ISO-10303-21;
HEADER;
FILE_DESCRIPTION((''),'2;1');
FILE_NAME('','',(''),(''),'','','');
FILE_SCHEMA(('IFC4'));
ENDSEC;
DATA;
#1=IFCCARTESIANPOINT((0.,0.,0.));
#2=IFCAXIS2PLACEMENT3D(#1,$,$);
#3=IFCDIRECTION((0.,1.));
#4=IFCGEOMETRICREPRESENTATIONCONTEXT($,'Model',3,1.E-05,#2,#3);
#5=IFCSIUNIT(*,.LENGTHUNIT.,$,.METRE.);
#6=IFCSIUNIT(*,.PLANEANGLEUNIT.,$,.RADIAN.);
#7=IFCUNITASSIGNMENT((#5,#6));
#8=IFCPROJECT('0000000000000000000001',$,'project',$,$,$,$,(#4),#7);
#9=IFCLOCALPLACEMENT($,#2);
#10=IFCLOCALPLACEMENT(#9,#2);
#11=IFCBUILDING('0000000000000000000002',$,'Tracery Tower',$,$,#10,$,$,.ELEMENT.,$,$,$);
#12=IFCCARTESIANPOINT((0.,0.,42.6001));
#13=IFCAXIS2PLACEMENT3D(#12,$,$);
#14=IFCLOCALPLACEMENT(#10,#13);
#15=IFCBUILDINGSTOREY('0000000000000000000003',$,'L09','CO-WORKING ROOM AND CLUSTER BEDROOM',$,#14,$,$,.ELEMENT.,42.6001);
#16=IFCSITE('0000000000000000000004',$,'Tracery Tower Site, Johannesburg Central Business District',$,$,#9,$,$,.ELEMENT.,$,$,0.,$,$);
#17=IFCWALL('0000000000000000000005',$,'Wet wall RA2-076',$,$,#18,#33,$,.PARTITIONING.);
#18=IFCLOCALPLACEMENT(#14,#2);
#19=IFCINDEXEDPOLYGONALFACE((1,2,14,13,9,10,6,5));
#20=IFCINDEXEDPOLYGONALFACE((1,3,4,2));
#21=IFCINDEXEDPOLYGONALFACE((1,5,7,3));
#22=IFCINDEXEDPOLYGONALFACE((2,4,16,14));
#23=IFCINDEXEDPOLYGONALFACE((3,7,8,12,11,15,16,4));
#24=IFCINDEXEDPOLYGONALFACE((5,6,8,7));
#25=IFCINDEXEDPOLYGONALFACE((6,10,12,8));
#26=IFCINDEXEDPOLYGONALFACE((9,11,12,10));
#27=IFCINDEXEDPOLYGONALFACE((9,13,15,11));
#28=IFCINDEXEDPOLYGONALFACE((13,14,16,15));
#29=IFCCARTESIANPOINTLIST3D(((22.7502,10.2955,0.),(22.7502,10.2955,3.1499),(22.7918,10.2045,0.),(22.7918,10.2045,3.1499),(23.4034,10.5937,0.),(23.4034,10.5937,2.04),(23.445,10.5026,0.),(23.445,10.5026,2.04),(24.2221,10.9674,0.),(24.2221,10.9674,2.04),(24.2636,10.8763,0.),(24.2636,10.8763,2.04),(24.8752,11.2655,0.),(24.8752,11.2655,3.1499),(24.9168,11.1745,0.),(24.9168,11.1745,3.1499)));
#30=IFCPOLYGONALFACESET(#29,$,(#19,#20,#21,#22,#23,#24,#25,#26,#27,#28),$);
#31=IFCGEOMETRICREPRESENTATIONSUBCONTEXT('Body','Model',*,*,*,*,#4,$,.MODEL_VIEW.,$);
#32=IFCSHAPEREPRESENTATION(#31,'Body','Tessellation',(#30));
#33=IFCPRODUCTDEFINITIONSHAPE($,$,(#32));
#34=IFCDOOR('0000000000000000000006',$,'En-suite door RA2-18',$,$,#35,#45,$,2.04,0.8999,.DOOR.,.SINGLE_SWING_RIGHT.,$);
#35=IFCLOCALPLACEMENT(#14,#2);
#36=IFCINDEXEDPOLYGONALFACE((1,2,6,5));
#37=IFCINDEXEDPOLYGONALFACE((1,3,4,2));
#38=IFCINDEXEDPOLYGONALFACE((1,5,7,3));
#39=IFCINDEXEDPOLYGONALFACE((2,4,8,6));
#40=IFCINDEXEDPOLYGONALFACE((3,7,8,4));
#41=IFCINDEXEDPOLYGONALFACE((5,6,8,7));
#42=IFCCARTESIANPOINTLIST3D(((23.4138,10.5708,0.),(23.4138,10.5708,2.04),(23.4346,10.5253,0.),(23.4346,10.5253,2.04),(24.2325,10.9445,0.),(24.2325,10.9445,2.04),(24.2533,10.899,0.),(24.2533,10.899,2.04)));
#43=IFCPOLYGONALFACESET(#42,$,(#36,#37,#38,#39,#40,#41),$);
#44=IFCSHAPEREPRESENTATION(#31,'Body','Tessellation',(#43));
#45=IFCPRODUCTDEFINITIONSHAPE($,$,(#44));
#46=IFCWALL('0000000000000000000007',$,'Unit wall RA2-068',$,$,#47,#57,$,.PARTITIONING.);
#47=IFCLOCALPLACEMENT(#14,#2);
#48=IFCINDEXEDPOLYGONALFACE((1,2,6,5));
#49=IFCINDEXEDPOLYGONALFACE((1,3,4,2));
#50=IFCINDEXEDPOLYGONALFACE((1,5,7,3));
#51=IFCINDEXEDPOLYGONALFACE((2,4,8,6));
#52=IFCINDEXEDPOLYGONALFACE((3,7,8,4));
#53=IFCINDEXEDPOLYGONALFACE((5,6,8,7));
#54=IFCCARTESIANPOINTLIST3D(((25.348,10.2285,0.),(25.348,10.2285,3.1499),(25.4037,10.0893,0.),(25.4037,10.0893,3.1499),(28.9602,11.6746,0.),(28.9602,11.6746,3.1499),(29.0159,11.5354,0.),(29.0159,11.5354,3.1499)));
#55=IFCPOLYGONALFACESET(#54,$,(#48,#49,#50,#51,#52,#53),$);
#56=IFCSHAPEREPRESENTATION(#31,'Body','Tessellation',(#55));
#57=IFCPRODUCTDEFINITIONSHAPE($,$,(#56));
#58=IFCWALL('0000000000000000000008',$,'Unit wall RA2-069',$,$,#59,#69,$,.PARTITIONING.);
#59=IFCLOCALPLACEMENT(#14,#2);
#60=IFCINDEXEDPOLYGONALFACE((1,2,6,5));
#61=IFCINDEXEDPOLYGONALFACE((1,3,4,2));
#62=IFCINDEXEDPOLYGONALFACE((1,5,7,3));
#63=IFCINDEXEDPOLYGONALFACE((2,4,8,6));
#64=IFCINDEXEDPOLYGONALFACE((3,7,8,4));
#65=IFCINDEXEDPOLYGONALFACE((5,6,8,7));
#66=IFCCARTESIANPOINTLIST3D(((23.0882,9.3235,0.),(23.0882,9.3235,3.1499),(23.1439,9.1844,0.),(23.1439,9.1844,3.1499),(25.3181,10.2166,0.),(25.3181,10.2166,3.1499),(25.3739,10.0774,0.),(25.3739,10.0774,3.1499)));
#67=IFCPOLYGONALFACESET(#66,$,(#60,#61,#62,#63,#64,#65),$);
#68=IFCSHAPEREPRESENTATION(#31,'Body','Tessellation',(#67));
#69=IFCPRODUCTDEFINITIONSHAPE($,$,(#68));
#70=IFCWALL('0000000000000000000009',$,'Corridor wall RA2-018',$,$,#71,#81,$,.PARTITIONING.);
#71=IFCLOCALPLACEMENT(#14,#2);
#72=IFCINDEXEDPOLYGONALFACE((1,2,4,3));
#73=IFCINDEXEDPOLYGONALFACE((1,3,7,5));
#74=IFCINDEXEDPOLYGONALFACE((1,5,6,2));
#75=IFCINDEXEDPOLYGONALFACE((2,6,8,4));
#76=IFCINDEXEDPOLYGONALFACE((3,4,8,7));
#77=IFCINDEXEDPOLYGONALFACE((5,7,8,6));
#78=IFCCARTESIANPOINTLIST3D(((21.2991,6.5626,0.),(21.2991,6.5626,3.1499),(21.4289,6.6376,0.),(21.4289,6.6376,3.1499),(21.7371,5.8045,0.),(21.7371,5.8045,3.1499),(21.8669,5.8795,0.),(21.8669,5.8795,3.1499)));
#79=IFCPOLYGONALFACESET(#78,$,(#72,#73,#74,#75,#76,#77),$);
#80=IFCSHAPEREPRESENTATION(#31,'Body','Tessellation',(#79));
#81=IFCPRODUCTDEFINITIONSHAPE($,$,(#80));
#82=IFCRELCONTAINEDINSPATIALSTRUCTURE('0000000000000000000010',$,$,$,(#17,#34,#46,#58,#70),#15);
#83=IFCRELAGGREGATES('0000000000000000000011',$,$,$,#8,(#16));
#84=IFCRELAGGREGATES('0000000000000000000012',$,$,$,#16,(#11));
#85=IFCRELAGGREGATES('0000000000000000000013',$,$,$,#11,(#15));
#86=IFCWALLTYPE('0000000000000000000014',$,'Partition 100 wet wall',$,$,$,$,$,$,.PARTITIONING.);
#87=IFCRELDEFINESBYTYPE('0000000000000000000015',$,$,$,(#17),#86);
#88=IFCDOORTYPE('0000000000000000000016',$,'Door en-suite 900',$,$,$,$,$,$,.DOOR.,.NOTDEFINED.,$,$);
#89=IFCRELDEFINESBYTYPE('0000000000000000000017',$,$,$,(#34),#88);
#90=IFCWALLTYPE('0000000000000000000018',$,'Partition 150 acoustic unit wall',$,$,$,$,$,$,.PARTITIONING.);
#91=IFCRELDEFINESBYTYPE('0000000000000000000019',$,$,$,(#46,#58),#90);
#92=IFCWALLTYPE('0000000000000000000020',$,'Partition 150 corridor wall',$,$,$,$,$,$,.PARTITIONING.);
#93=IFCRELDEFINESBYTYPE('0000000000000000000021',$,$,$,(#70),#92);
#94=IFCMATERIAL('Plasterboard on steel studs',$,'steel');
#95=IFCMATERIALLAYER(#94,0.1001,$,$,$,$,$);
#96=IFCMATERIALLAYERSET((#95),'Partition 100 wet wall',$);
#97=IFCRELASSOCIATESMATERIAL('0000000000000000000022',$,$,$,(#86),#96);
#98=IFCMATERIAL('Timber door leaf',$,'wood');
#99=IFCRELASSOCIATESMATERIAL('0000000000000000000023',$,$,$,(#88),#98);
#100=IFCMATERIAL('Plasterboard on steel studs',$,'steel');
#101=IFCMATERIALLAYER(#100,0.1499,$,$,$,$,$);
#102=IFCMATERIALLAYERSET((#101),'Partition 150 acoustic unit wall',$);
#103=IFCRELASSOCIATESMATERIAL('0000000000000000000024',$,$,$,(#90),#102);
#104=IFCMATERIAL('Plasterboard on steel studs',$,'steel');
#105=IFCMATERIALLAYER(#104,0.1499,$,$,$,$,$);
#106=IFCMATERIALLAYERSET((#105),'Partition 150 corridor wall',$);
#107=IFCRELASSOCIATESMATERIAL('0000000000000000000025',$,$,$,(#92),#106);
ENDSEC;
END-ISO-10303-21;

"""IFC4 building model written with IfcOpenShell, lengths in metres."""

from ifc_helpers import new_model, si_unit, direction, frame, frame_2d, origin, place, context, subcontext, project, spatial, rectangle, extrude, material, layer, layer_set, type_object, element, fill, save


model = new_model("IFC4")

# Units and contexts
model_context = context("Model", 3, precision=1e-05, world=origin(), true_north=direction((0.0, 1.0)))
body_context = subcontext(model_context, "Body", "Model", "MODEL_VIEW")
ifc_project = project(units=[si_unit("LENGTHUNIT", "METRE"), si_unit("PLANEANGLEUNIT", "RADIAN")], contexts=[model_context])

# Site, building, storey
site_placement = place(None, origin())
site = spatial("IfcSite", under=ifc_project, at=site_placement, Name="Tracery Tower Site, Johannesburg Central Business District", CompositionType="ELEMENT", RefElevation=0.0)
building_placement = place(site_placement, origin())
building = spatial("IfcBuilding", under=site, at=building_placement, Name="Tracery Tower", CompositionType="ELEMENT")
storey_placement = place(building_placement, frame((0.0, 0.0, 42.6001)))
storey = spatial("IfcBuildingStorey", under=building, at=storey_placement, Name="L09", Description="CO-WORKING ROOM AND CLUSTER BEDROOM", CompositionType="ELEMENT", Elevation=42.6001)

# Shared definitions
ifc_material_1 = material(Name="Plasterboard on steel studs", Category="steel")
ifc_layer_1 = layer(ifc_material_1, 0.1001)
ifc_layer_set_1 = layer_set([ifc_layer_1], Name="Partition 100 wet wall")
wall_type_1 = type_object("IfcWallType", Name="Partition 100 wet wall", PredefinedType="PARTITIONING", material=ifc_layer_set_1)

# Shared definitions
ifc_material_2 = material(Name="Timber door leaf", Category="wood")
door_type_1 = type_object("IfcDoorType", Name="Door en-suite 900", OperationType="NOTDEFINED", PredefinedType="DOOR", material=ifc_material_2)

# Wall, opening, door
wall_1_placement = place(storey_placement, frame((22.771, 10.25, 0.0), z_axis=(0.0, 0.0, 1.0), x_axis=(0.90971, 0.415243, 0.0)))
wall_1 = element("IfcWall", 1, at=wall_1_placement, inside=storey, type_object=wall_type_1, Name="Wet wall RA2-076", PredefinedType="PARTITIONING", context=body_context, shape_type="SweptSolid", body=[
    extrude(rectangle(XDim=2.3359, YDim=0.1001, at=frame_2d((1.168, 0.0))), origin(), (0.0, 0.0, 1.0), 3.1499),
])
opening_1_placement = place(wall_1_placement, frame((0.718, 0.0, 0.0)))
opening_1 = element("IfcOpeningElement", 2, at=opening_1_placement, cuts=wall_1, PredefinedType="OPENING", context=body_context, shape_type="SweptSolid", body=[
    extrude(rectangle(XDim=0.8999, YDim=2.04, at=frame_2d((0.45, 1.02))), frame((0.0, 0.05, 0.0), z_axis=(0.0, -1.0, 0.0), x_axis=(1.0, 0.0, 0.0)), (0.0, 0.0, 1.0), 0.1001),
])
door_1_placement = place(opening_1_placement, origin())
door_1 = element("IfcDoor", 3, at=door_1_placement, inside=storey, type_object=door_type_1, Name="En-suite door RA2-18", OperationType="SINGLE_SWING_RIGHT", OverallHeight=2.04, OverallWidth=0.8999, PredefinedType="DOOR", context=body_context, shape_type="SweptSolid", body=[
    extrude(rectangle(XDim=0.8999, YDim=2.04, at=frame_2d((0.45, 1.02))), frame((0.0, 0.0249, 0.0), z_axis=(0.0, -1.0, 0.0), x_axis=(1.0, 0.0, 0.0)), (0.0, 0.0, 1.0), 0.05),
])
fill(opening_1, door_1)

# Walls
ifc_material_3 = material(Name="Plasterboard on steel studs", Category="steel")
ifc_layer_2 = layer(ifc_material_3, 0.1499)
ifc_layer_set_2 = layer_set([ifc_layer_2], Name="Partition 150 acoustic unit wall")
wall_type_2 = type_object("IfcWallType", Name="Partition 150 acoustic unit wall", PredefinedType="PARTITIONING", material=ifc_layer_set_2)
wall_2_placement = place(storey_placement, frame((25.376, 10.1589, 0.0), z_axis=(0.0, 0.0, 1.0), x_axis=(0.928368, 0.371661, 0.0)))
element("IfcWall", 4, at=wall_2_placement, inside=storey, type_object=wall_type_2, Name="Unit wall RA2-068", PredefinedType="PARTITIONING", context=body_context, shape_type="SweptSolid", body=[
    extrude(rectangle(XDim=3.8909, YDim=0.1499, at=frame_2d((1.9453, 0.0))), origin(), (0.0, 0.0, 1.0), 3.1499),
])
wall_3_placement = place(storey_placement, frame((23.116, 9.2539, 0.0), z_axis=(0.0, 0.0, 1.0), x_axis=(0.928322, 0.371776, 0.0)))
element("IfcWall", 5, at=wall_3_placement, inside=storey, type_object=wall_type_2, Name="Unit wall RA2-069", PredefinedType="PARTITIONING", context=body_context, shape_type="SweptSolid", body=[
    extrude(rectangle(XDim=2.4021, YDim=0.1499, at=frame_2d((1.2012, 0.0))), origin(), (0.0, 0.0, 1.0), 3.1499),
])
ifc_material_4 = material(Name="Plasterboard on steel studs", Category="steel")
ifc_layer_3 = layer(ifc_material_4, 0.1499)
ifc_layer_set_3 = layer_set([ifc_layer_3], Name="Partition 150 corridor wall")
wall_type_3 = type_object("IfcWallType", Name="Partition 150 corridor wall", PredefinedType="PARTITIONING", material=ifc_layer_set_3)
wall_4_placement = place(storey_placement, frame((21.364, 6.6001, 0.0), z_axis=(0.0, 0.0, 1.0), x_axis=(0.500278, -0.865865, 0.0)))
element("IfcWall", 6, at=wall_4_placement, inside=storey, type_object=wall_type_3, Name="Corridor wall RA2-018", PredefinedType="PARTITIONING", context=body_context, shape_type="SweptSolid", body=[
    extrude(rectangle(XDim=0.8755, YDim=0.1499, at=frame_2d((0.4377, 0.0))), origin(), (0.0, 0.0, 1.0), 3.1499),
])

save(model, "model.ifc")
